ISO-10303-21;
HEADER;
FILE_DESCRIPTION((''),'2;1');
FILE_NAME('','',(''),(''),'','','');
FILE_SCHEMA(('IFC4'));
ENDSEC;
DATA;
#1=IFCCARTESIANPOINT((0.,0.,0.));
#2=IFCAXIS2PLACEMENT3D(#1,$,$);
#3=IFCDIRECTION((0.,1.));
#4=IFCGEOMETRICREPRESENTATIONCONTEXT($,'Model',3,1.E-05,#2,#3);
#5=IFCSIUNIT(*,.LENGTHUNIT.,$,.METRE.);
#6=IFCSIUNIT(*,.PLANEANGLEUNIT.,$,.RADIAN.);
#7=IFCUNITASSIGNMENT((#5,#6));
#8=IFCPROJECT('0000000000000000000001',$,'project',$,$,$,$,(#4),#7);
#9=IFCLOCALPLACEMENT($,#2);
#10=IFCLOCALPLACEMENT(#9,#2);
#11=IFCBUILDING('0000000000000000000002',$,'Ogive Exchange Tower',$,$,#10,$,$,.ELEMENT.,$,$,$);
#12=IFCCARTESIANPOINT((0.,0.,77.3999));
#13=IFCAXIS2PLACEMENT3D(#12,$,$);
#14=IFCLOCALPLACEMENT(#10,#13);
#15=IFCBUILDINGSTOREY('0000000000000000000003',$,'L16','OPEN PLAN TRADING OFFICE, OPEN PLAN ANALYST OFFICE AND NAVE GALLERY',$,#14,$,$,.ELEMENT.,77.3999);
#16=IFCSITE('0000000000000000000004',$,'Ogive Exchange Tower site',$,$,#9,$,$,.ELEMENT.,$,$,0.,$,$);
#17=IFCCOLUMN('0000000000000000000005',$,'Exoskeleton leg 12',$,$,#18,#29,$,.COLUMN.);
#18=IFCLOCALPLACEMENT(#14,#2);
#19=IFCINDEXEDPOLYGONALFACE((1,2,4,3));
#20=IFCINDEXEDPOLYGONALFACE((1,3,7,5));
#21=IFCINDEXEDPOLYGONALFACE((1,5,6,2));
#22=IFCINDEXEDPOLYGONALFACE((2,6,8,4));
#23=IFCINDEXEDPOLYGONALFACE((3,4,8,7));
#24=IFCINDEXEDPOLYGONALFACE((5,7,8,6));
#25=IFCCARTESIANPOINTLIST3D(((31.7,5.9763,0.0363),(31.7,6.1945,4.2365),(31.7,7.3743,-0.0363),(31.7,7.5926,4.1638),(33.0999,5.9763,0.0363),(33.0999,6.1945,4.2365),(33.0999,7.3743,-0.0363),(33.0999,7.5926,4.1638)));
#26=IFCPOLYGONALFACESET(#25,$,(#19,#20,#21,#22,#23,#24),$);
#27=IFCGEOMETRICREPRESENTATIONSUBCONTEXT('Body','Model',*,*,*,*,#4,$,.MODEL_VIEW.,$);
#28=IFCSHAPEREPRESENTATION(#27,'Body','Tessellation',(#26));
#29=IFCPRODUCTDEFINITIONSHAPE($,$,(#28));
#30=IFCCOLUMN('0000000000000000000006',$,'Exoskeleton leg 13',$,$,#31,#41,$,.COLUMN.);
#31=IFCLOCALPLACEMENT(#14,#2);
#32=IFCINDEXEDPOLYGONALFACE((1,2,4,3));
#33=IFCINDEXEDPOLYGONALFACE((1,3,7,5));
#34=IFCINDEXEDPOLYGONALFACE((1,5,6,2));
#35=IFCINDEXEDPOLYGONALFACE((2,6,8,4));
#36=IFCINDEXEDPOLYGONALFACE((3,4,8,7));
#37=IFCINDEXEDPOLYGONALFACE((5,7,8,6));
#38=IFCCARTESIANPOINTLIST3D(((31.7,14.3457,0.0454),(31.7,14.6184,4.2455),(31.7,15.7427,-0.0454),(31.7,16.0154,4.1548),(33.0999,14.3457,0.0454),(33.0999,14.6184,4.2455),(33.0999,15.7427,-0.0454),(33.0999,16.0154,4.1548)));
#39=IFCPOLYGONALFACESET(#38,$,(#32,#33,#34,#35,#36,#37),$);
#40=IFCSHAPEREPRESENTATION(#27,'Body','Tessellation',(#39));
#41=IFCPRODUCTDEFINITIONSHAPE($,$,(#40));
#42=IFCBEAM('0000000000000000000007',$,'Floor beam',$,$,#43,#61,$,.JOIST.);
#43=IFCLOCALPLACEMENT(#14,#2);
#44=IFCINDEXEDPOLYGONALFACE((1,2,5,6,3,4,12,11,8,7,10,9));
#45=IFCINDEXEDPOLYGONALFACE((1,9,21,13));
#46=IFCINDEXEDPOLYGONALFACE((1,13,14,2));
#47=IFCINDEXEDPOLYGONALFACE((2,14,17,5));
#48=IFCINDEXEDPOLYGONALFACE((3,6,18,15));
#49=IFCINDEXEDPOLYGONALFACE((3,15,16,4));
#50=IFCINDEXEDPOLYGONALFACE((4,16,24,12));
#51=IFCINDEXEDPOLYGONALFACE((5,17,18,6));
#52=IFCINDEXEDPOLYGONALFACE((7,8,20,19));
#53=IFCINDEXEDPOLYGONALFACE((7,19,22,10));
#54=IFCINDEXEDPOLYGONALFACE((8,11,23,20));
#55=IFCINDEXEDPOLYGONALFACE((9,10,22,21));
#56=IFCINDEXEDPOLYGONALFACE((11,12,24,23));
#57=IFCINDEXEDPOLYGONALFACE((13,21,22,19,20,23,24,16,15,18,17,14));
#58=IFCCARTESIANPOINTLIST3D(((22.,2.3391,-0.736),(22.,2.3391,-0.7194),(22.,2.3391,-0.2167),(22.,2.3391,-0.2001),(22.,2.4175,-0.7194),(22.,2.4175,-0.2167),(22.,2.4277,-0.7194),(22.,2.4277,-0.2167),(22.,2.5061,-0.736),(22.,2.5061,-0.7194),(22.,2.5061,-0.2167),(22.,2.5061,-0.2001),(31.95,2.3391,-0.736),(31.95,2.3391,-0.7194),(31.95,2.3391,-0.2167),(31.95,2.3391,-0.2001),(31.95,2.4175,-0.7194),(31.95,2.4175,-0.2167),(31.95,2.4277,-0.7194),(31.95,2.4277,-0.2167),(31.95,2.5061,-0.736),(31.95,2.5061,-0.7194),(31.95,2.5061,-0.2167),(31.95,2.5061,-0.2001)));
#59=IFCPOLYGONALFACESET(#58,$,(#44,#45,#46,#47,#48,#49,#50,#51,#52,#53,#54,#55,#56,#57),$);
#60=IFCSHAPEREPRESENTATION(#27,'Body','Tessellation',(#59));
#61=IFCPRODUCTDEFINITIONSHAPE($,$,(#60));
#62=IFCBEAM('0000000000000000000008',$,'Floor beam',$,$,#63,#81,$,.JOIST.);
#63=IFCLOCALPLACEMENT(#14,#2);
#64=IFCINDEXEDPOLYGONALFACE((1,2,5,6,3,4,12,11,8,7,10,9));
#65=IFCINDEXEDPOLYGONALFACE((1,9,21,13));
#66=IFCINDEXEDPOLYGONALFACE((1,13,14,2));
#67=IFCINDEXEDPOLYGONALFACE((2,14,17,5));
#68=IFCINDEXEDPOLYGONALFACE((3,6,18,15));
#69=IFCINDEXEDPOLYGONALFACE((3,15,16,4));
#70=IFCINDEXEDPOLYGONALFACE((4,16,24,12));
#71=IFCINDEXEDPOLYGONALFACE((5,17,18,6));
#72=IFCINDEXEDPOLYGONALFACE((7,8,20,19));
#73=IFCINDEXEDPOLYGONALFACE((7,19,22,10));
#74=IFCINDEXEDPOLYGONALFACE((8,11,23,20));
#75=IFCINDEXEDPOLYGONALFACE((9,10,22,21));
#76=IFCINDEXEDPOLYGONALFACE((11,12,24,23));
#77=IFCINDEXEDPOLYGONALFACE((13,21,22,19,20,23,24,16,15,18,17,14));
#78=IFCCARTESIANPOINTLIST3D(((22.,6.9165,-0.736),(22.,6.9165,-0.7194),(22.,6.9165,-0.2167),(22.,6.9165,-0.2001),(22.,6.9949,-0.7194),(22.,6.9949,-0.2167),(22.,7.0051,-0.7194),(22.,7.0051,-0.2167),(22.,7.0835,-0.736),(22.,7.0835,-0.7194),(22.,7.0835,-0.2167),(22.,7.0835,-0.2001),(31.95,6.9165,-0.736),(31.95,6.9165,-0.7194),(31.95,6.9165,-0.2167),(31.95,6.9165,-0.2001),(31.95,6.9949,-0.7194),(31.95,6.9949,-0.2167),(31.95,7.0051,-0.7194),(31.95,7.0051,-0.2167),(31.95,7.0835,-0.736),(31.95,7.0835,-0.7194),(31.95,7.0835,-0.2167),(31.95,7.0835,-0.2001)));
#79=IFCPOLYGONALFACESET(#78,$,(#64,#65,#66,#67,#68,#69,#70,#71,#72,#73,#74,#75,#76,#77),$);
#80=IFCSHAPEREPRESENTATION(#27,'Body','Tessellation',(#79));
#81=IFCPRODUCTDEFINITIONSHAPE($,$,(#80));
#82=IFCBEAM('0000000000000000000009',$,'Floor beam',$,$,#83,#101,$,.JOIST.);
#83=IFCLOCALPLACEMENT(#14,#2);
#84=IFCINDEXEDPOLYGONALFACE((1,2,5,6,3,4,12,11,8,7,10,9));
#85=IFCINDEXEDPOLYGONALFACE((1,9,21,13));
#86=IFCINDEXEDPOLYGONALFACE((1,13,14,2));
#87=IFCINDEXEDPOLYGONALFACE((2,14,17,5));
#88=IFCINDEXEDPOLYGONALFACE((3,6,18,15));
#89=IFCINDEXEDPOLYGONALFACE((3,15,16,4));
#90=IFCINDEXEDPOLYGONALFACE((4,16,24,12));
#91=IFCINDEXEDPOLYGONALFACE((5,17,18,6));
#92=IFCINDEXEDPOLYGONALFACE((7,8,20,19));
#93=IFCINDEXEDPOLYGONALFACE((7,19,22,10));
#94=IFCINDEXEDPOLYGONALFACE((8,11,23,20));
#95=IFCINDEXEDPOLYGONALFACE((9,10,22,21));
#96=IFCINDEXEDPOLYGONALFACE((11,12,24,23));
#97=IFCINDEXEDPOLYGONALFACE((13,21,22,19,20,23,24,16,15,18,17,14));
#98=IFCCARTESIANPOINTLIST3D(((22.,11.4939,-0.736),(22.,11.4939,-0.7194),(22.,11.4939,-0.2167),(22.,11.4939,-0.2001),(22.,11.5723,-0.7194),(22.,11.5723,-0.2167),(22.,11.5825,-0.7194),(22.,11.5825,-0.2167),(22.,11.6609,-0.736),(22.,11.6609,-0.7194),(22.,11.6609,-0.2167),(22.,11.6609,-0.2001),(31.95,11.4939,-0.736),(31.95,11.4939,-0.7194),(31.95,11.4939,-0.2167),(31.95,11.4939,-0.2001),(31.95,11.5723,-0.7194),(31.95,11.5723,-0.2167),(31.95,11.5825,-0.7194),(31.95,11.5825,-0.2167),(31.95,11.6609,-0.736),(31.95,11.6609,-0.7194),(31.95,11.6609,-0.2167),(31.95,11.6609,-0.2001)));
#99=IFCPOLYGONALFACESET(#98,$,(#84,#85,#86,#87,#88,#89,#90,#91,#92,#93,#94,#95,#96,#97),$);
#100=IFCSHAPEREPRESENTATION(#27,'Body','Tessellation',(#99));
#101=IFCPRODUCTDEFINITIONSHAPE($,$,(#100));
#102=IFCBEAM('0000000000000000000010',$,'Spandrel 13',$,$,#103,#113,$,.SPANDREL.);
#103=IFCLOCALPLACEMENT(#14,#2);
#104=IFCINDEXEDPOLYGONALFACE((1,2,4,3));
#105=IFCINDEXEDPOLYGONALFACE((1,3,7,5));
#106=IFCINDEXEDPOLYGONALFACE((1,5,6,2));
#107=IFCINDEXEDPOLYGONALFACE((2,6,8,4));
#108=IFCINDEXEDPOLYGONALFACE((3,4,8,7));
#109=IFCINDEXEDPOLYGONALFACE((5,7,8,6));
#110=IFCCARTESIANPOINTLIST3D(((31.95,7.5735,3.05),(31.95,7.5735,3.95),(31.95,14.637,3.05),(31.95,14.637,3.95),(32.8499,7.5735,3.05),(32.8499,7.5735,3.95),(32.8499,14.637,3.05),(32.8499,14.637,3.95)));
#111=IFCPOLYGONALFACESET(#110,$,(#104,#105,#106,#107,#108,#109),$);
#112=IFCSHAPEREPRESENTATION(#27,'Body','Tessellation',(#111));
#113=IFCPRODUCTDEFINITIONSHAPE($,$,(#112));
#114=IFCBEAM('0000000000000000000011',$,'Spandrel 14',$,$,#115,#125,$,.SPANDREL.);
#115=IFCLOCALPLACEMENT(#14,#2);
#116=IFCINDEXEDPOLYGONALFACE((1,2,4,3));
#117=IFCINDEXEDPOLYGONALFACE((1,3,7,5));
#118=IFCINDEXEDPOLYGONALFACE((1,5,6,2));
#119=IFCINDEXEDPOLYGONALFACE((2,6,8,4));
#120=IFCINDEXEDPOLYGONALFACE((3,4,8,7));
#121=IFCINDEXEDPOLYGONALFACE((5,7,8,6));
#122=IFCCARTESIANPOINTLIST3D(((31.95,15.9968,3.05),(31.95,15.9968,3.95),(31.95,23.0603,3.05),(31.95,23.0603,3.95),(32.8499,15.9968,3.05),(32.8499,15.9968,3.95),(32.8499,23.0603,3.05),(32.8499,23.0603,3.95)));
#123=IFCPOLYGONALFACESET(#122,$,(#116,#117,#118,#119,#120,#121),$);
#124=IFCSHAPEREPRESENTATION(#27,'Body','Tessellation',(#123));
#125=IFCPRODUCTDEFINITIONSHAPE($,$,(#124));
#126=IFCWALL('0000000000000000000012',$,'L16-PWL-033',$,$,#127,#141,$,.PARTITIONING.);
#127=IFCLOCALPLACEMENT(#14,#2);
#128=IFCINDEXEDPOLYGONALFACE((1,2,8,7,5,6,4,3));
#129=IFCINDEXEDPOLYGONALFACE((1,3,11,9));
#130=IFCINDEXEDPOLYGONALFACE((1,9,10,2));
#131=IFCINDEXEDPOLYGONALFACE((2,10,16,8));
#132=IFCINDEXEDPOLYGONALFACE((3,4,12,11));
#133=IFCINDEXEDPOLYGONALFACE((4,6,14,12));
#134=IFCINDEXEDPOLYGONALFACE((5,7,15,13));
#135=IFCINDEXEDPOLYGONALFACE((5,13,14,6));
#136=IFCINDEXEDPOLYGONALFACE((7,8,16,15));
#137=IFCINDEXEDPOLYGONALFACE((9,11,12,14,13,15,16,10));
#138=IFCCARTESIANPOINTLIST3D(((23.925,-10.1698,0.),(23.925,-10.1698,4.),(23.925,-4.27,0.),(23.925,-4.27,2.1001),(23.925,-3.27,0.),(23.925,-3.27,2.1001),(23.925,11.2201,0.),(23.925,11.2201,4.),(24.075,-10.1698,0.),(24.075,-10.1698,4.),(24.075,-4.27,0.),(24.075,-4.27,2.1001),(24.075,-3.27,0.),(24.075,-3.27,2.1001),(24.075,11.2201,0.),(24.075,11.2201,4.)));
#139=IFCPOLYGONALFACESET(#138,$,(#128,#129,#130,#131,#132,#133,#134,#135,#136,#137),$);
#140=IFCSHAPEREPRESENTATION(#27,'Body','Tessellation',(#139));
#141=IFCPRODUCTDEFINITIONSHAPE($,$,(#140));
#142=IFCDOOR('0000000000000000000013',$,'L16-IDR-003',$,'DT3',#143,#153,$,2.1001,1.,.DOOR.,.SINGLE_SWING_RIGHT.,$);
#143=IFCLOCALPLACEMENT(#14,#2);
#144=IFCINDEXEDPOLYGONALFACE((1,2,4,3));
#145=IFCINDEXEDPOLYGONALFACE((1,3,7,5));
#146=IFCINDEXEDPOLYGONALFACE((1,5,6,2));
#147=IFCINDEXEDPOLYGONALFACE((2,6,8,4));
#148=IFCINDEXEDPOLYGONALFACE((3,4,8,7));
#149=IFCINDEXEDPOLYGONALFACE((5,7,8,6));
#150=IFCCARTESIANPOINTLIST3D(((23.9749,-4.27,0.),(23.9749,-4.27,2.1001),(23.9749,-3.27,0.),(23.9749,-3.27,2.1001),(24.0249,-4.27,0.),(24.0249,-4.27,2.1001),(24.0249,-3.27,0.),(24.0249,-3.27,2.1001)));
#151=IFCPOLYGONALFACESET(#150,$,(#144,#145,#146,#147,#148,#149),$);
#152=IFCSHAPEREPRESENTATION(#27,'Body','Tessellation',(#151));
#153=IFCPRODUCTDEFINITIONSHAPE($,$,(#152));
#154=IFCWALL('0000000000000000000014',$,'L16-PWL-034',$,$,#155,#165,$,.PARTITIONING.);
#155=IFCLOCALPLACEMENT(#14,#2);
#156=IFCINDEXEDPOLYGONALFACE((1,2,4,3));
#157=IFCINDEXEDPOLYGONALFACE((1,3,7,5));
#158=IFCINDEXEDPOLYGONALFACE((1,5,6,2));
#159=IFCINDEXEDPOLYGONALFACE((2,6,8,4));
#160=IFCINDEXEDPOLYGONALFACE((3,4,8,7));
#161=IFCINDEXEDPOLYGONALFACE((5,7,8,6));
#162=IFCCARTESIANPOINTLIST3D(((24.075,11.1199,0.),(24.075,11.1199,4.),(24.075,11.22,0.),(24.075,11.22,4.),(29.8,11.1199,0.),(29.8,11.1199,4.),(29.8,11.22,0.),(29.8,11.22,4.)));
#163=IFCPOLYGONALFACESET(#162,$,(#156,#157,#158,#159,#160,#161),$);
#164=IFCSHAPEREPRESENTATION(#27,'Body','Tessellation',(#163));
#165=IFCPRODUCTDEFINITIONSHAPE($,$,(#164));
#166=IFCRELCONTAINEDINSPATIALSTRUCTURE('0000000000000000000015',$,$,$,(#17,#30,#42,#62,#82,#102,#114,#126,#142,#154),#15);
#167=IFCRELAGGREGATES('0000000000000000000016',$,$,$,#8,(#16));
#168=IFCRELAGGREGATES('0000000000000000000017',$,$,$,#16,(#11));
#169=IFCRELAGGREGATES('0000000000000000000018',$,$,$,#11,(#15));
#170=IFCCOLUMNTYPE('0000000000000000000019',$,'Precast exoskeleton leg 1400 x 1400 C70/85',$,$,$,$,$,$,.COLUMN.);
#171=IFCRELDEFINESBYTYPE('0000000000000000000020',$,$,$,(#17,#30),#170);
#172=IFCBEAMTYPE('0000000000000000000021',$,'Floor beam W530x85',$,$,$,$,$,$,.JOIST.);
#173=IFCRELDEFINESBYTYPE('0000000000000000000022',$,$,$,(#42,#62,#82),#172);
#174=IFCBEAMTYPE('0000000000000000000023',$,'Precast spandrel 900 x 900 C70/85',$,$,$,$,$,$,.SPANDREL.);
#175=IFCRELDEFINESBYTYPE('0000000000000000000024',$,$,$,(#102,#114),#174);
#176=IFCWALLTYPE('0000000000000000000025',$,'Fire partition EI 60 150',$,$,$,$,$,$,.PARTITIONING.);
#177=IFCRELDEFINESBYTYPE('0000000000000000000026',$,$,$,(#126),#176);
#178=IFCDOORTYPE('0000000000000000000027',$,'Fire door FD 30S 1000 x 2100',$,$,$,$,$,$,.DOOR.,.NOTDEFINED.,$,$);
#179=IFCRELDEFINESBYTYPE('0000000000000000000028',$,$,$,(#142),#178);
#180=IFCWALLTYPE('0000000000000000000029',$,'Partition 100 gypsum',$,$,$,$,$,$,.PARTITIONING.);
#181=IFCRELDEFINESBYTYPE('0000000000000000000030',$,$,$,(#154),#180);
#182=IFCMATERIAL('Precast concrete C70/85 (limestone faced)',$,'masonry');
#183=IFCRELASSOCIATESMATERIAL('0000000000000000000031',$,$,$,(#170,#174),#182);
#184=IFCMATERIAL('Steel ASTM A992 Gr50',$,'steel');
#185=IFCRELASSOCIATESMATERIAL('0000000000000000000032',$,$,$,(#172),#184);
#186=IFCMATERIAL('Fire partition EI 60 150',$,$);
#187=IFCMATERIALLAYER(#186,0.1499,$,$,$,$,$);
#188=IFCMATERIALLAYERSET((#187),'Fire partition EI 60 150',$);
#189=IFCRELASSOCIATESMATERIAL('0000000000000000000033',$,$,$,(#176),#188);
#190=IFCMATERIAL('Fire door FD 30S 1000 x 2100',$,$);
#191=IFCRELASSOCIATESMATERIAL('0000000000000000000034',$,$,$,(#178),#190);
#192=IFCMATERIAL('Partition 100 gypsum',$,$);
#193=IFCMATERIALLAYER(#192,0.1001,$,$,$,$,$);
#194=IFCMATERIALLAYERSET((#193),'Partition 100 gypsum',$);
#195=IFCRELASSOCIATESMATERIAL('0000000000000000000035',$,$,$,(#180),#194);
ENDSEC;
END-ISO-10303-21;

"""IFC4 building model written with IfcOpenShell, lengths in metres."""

from ifc_helpers import new_model, si_unit, direction, frame, frame_2d, origin, origin_2d, place, context, subcontext, project, spatial, rectangle, i_section, extrude, material, layer, layer_set, material_profile, profile_set, type_object, element, fill, save


model = new_model("IFC4")

# Units and contexts
model_context = context("Model", 3, precision=1e-05, world=origin(), true_north=direction((0.0, 1.0)))
body_context = subcontext(model_context, "Body", "Model", "MODEL_VIEW")
ifc_project = project(units=[si_unit("LENGTHUNIT", "METRE"), si_unit("PLANEANGLEUNIT", "RADIAN")], contexts=[model_context])

# Site, building, storey
site_placement = place(None, origin())
site = spatial("IfcSite", under=ifc_project, at=site_placement, Name="Ogive Exchange Tower site", CompositionType="ELEMENT", RefElevation=0.0)
building_placement = place(site_placement, origin())
building = spatial("IfcBuilding", under=site, at=building_placement, Name="Ogive Exchange Tower", CompositionType="ELEMENT")
storey_placement = place(building_placement, frame((0.0, 0.0, 77.3999)))
storey = spatial("IfcBuildingStorey", under=building, at=storey_placement, Name="L16", Description="OPEN PLAN TRADING OFFICE, OPEN PLAN ANALYST OFFICE AND NAVE GALLERY", CompositionType="ELEMENT", Elevation=77.3999)

# Columns
ifc_material_1 = material(Name="Precast concrete C70/85 (limestone faced)", Category="masonry")
ifc_material_profile_1 = material_profile(ifc_material_1, rectangle(XDim=1.3999, YDim=1.3999, at=origin_2d()), Name="1400 x 1400")
ifc_profile_set_1 = profile_set([ifc_material_profile_1], Name="Precast concrete C70/85 (limestone faced)")
column_type = type_object("IfcColumnType", Name="Precast exoskeleton leg 1400 x 1400 C70/85", PredefinedType="COLUMN", material=ifc_profile_set_1)
column_1_placement = place(storey_placement, frame((32.3999, 6.6753, 0.0), z_axis=(0.0, 0.051895, 0.998653), x_axis=(-1.0, 0.0, 0.0)))
element("IfcColumn", 1, at=column_1_placement, inside=storey, type_object=column_type, Name="Exoskeleton leg 12", PredefinedType="COLUMN", context=body_context, shape_type="SweptSolid", body=[
    extrude(rectangle(XDim=1.3999, YDim=1.3999, at=origin_2d()), origin(), (0.0, 0.0, 1.0), 4.2058),
])
column_2_placement = place(storey_placement, frame((32.3999, 15.0442, 0.0), z_axis=(0.0, 0.06479, 0.997899), x_axis=(-1.0, 0.0, 0.0)))
element("IfcColumn", 2, at=column_2_placement, inside=storey, type_object=column_type, Name="Exoskeleton leg 13", PredefinedType="COLUMN", context=body_context, shape_type="SweptSolid", body=[
    extrude(rectangle(XDim=1.3999, YDim=1.3999, at=origin_2d()), origin(), (0.0, 0.0, 1.0), 4.209),
])

# Beams
ifc_material_2 = material(Name="Steel ASTM A992 Gr50", Category="steel")
ifc_material_profile_2 = material_profile(ifc_material_2, i_section(OverallWidth=0.167, OverallDepth=0.5359, WebThickness=0.0103, FlangeThickness=0.0166, at=origin_2d()), Name="W530x85")
ifc_profile_set_2 = profile_set([ifc_material_profile_2], Name="Steel ASTM A992 Gr50")
beam_type_1 = type_object("IfcBeamType", Name="Floor beam W530x85", PredefinedType="JOIST", material=ifc_profile_set_2)
for number, where, z_axis, x_axis, name in (
    (3, (22.0, 2.4226, -0.468), (1.0, 0.0, 0.0), (0.0, 1.0, 0.0), "Floor beam"),
    (4, (22.0, 7.0, -0.468), (1.0, 0.0, 0.0), (0.0, 1.0, 0.0), "Floor beam"),
    (5, (22.0, 11.5774, -0.468), (1.0, 0.0, 0.0), (0.0, 1.0, 0.0), "Floor beam"),
):
    element("IfcBeam", number, at=place(storey_placement, frame(where, z_axis=z_axis, x_axis=x_axis)), inside=storey, type_object=beam_type_1, Name=name, PredefinedType="JOIST", context=body_context, shape_type="SweptSolid", body=[
        extrude(i_section(OverallWidth=0.167, OverallDepth=0.5359, WebThickness=0.0103, FlangeThickness=0.0166, at=origin_2d()), origin(), (0.0, 0.0, 1.0), 9.95),
    ])
ifc_material_profile_3 = material_profile(ifc_material_1, rectangle(XDim=0.8999, YDim=0.8999, at=origin_2d()), Name="900 x 900")
ifc_profile_set_3 = profile_set([ifc_material_profile_3], Name="Precast concrete C70/85 (limestone faced)")
beam_type_2 = type_object("IfcBeamType", Name="Precast spandrel 900 x 900 C70/85", PredefinedType="SPANDREL", material=ifc_profile_set_3)
for number, where, z_axis, x_axis, name in (
    (6, (32.3999, 7.5735, 3.5), (0.0, 1.0, 0.0), (-1.0, 0.0, 0.0), "Spandrel 13"),
    (7, (32.3999, 15.9968, 3.5), (0.0, 1.0, 0.0), (-1.0, 0.0, 0.0), "Spandrel 14"),
):
    element("IfcBeam", number, at=place(storey_placement, frame(where, z_axis=z_axis, x_axis=x_axis)), inside=storey, type_object=beam_type_2, Name=name, PredefinedType="SPANDREL", context=body_context, shape_type="SweptSolid", body=[
        extrude(rectangle(XDim=0.8999, YDim=0.8999, at=origin_2d()), origin(), (0.0, 0.0, 1.0), 7.0635),
    ])

# Wall, opening, door
ifc_material_3 = material(Name="Fire partition EI 60 150")
ifc_layer_1 = layer(ifc_material_3, 0.1499)
ifc_layer_set_1 = layer_set([ifc_layer_1], Name="Fire partition EI 60 150")
wall_type_1 = type_object("IfcWallType", Name="Fire partition EI 60 150", PredefinedType="PARTITIONING", material=ifc_layer_set_1)
wall_1_placement = place(storey_placement, frame((24.0, 11.22, 0.0), z_axis=(0.0, 0.0, 1.0), x_axis=(0.0, -1.0, 0.0)))
wall_1 = element("IfcWall", 8, at=wall_1_placement, inside=storey, type_object=wall_type_1, Name="L16-PWL-033", PredefinedType="PARTITIONING", context=body_context, shape_type="SweptSolid", body=[
    extrude(rectangle(XDim=21.3899, YDim=0.1499, at=frame_2d((10.6948, 0.0))), origin(), (0.0, 0.0, 1.0), 4.0),
])
opening_1_placement = place(wall_1_placement, frame((14.49, 0.0, 0.0)))
opening_1 = element("IfcOpeningElement", 9, at=opening_1_placement, cuts=wall_1, PredefinedType="OPENING", context=body_context, shape_type="SweptSolid", body=[
    extrude(rectangle(XDim=1.0, YDim=2.1001, at=frame_2d((0.5, 1.05))), frame((0.0, 0.085, 0.0), z_axis=(0.0, -1.0, 0.0), x_axis=(1.0, 0.0, 0.0)), (0.0, 0.0, 1.0), 0.1699),
])
ifc_material_4 = material(Name="Fire door FD 30S 1000 x 2100")
door_type_1 = type_object("IfcDoorType", Name="Fire door FD 30S 1000 x 2100", OperationType="NOTDEFINED", PredefinedType="DOOR", material=ifc_material_4)
door_1_placement = place(opening_1_placement, origin())
door_1 = element("IfcDoor", 10, at=door_1_placement, inside=storey, type_object=door_type_1, Name="L16-IDR-003", ObjectType="DT3", OperationType="SINGLE_SWING_RIGHT", OverallHeight=2.1001, OverallWidth=1.0, PredefinedType="DOOR", context=body_context, shape_type="SweptSolid", body=[
    extrude(rectangle(XDim=1.0, YDim=2.1001, at=frame_2d((0.5, 1.05))), frame((0.0, 0.0249, 0.0), z_axis=(0.0, -1.0, 0.0), x_axis=(1.0, 0.0, 0.0)), (0.0, 0.0, 1.0), 0.05),
])
fill(opening_1, door_1)

# Wall
ifc_material_5 = material(Name="Partition 100 gypsum")
ifc_layer_2 = layer(ifc_material_5, 0.1001)
ifc_layer_set_2 = layer_set([ifc_layer_2], Name="Partition 100 gypsum")
wall_type_2 = type_object("IfcWallType", Name="Partition 100 gypsum", PredefinedType="PARTITIONING", material=ifc_layer_set_2)
wall_2_placement = place(storey_placement, frame((24.075, 11.1699, 0.0), z_axis=(0.0, 0.0, 1.0), x_axis=(1.0, 0.0, 0.0)))
element("IfcWall", 11, at=wall_2_placement, inside=storey, type_object=wall_type_2, Name="L16-PWL-034", PredefinedType="PARTITIONING", context=body_context, shape_type="SweptSolid", body=[
    extrude(rectangle(XDim=5.7251, YDim=0.1001, at=frame_2d((2.8625, 0.0))), origin(), (0.0, 0.0, 1.0), 4.0),
])

save(model, "model.ifc")
